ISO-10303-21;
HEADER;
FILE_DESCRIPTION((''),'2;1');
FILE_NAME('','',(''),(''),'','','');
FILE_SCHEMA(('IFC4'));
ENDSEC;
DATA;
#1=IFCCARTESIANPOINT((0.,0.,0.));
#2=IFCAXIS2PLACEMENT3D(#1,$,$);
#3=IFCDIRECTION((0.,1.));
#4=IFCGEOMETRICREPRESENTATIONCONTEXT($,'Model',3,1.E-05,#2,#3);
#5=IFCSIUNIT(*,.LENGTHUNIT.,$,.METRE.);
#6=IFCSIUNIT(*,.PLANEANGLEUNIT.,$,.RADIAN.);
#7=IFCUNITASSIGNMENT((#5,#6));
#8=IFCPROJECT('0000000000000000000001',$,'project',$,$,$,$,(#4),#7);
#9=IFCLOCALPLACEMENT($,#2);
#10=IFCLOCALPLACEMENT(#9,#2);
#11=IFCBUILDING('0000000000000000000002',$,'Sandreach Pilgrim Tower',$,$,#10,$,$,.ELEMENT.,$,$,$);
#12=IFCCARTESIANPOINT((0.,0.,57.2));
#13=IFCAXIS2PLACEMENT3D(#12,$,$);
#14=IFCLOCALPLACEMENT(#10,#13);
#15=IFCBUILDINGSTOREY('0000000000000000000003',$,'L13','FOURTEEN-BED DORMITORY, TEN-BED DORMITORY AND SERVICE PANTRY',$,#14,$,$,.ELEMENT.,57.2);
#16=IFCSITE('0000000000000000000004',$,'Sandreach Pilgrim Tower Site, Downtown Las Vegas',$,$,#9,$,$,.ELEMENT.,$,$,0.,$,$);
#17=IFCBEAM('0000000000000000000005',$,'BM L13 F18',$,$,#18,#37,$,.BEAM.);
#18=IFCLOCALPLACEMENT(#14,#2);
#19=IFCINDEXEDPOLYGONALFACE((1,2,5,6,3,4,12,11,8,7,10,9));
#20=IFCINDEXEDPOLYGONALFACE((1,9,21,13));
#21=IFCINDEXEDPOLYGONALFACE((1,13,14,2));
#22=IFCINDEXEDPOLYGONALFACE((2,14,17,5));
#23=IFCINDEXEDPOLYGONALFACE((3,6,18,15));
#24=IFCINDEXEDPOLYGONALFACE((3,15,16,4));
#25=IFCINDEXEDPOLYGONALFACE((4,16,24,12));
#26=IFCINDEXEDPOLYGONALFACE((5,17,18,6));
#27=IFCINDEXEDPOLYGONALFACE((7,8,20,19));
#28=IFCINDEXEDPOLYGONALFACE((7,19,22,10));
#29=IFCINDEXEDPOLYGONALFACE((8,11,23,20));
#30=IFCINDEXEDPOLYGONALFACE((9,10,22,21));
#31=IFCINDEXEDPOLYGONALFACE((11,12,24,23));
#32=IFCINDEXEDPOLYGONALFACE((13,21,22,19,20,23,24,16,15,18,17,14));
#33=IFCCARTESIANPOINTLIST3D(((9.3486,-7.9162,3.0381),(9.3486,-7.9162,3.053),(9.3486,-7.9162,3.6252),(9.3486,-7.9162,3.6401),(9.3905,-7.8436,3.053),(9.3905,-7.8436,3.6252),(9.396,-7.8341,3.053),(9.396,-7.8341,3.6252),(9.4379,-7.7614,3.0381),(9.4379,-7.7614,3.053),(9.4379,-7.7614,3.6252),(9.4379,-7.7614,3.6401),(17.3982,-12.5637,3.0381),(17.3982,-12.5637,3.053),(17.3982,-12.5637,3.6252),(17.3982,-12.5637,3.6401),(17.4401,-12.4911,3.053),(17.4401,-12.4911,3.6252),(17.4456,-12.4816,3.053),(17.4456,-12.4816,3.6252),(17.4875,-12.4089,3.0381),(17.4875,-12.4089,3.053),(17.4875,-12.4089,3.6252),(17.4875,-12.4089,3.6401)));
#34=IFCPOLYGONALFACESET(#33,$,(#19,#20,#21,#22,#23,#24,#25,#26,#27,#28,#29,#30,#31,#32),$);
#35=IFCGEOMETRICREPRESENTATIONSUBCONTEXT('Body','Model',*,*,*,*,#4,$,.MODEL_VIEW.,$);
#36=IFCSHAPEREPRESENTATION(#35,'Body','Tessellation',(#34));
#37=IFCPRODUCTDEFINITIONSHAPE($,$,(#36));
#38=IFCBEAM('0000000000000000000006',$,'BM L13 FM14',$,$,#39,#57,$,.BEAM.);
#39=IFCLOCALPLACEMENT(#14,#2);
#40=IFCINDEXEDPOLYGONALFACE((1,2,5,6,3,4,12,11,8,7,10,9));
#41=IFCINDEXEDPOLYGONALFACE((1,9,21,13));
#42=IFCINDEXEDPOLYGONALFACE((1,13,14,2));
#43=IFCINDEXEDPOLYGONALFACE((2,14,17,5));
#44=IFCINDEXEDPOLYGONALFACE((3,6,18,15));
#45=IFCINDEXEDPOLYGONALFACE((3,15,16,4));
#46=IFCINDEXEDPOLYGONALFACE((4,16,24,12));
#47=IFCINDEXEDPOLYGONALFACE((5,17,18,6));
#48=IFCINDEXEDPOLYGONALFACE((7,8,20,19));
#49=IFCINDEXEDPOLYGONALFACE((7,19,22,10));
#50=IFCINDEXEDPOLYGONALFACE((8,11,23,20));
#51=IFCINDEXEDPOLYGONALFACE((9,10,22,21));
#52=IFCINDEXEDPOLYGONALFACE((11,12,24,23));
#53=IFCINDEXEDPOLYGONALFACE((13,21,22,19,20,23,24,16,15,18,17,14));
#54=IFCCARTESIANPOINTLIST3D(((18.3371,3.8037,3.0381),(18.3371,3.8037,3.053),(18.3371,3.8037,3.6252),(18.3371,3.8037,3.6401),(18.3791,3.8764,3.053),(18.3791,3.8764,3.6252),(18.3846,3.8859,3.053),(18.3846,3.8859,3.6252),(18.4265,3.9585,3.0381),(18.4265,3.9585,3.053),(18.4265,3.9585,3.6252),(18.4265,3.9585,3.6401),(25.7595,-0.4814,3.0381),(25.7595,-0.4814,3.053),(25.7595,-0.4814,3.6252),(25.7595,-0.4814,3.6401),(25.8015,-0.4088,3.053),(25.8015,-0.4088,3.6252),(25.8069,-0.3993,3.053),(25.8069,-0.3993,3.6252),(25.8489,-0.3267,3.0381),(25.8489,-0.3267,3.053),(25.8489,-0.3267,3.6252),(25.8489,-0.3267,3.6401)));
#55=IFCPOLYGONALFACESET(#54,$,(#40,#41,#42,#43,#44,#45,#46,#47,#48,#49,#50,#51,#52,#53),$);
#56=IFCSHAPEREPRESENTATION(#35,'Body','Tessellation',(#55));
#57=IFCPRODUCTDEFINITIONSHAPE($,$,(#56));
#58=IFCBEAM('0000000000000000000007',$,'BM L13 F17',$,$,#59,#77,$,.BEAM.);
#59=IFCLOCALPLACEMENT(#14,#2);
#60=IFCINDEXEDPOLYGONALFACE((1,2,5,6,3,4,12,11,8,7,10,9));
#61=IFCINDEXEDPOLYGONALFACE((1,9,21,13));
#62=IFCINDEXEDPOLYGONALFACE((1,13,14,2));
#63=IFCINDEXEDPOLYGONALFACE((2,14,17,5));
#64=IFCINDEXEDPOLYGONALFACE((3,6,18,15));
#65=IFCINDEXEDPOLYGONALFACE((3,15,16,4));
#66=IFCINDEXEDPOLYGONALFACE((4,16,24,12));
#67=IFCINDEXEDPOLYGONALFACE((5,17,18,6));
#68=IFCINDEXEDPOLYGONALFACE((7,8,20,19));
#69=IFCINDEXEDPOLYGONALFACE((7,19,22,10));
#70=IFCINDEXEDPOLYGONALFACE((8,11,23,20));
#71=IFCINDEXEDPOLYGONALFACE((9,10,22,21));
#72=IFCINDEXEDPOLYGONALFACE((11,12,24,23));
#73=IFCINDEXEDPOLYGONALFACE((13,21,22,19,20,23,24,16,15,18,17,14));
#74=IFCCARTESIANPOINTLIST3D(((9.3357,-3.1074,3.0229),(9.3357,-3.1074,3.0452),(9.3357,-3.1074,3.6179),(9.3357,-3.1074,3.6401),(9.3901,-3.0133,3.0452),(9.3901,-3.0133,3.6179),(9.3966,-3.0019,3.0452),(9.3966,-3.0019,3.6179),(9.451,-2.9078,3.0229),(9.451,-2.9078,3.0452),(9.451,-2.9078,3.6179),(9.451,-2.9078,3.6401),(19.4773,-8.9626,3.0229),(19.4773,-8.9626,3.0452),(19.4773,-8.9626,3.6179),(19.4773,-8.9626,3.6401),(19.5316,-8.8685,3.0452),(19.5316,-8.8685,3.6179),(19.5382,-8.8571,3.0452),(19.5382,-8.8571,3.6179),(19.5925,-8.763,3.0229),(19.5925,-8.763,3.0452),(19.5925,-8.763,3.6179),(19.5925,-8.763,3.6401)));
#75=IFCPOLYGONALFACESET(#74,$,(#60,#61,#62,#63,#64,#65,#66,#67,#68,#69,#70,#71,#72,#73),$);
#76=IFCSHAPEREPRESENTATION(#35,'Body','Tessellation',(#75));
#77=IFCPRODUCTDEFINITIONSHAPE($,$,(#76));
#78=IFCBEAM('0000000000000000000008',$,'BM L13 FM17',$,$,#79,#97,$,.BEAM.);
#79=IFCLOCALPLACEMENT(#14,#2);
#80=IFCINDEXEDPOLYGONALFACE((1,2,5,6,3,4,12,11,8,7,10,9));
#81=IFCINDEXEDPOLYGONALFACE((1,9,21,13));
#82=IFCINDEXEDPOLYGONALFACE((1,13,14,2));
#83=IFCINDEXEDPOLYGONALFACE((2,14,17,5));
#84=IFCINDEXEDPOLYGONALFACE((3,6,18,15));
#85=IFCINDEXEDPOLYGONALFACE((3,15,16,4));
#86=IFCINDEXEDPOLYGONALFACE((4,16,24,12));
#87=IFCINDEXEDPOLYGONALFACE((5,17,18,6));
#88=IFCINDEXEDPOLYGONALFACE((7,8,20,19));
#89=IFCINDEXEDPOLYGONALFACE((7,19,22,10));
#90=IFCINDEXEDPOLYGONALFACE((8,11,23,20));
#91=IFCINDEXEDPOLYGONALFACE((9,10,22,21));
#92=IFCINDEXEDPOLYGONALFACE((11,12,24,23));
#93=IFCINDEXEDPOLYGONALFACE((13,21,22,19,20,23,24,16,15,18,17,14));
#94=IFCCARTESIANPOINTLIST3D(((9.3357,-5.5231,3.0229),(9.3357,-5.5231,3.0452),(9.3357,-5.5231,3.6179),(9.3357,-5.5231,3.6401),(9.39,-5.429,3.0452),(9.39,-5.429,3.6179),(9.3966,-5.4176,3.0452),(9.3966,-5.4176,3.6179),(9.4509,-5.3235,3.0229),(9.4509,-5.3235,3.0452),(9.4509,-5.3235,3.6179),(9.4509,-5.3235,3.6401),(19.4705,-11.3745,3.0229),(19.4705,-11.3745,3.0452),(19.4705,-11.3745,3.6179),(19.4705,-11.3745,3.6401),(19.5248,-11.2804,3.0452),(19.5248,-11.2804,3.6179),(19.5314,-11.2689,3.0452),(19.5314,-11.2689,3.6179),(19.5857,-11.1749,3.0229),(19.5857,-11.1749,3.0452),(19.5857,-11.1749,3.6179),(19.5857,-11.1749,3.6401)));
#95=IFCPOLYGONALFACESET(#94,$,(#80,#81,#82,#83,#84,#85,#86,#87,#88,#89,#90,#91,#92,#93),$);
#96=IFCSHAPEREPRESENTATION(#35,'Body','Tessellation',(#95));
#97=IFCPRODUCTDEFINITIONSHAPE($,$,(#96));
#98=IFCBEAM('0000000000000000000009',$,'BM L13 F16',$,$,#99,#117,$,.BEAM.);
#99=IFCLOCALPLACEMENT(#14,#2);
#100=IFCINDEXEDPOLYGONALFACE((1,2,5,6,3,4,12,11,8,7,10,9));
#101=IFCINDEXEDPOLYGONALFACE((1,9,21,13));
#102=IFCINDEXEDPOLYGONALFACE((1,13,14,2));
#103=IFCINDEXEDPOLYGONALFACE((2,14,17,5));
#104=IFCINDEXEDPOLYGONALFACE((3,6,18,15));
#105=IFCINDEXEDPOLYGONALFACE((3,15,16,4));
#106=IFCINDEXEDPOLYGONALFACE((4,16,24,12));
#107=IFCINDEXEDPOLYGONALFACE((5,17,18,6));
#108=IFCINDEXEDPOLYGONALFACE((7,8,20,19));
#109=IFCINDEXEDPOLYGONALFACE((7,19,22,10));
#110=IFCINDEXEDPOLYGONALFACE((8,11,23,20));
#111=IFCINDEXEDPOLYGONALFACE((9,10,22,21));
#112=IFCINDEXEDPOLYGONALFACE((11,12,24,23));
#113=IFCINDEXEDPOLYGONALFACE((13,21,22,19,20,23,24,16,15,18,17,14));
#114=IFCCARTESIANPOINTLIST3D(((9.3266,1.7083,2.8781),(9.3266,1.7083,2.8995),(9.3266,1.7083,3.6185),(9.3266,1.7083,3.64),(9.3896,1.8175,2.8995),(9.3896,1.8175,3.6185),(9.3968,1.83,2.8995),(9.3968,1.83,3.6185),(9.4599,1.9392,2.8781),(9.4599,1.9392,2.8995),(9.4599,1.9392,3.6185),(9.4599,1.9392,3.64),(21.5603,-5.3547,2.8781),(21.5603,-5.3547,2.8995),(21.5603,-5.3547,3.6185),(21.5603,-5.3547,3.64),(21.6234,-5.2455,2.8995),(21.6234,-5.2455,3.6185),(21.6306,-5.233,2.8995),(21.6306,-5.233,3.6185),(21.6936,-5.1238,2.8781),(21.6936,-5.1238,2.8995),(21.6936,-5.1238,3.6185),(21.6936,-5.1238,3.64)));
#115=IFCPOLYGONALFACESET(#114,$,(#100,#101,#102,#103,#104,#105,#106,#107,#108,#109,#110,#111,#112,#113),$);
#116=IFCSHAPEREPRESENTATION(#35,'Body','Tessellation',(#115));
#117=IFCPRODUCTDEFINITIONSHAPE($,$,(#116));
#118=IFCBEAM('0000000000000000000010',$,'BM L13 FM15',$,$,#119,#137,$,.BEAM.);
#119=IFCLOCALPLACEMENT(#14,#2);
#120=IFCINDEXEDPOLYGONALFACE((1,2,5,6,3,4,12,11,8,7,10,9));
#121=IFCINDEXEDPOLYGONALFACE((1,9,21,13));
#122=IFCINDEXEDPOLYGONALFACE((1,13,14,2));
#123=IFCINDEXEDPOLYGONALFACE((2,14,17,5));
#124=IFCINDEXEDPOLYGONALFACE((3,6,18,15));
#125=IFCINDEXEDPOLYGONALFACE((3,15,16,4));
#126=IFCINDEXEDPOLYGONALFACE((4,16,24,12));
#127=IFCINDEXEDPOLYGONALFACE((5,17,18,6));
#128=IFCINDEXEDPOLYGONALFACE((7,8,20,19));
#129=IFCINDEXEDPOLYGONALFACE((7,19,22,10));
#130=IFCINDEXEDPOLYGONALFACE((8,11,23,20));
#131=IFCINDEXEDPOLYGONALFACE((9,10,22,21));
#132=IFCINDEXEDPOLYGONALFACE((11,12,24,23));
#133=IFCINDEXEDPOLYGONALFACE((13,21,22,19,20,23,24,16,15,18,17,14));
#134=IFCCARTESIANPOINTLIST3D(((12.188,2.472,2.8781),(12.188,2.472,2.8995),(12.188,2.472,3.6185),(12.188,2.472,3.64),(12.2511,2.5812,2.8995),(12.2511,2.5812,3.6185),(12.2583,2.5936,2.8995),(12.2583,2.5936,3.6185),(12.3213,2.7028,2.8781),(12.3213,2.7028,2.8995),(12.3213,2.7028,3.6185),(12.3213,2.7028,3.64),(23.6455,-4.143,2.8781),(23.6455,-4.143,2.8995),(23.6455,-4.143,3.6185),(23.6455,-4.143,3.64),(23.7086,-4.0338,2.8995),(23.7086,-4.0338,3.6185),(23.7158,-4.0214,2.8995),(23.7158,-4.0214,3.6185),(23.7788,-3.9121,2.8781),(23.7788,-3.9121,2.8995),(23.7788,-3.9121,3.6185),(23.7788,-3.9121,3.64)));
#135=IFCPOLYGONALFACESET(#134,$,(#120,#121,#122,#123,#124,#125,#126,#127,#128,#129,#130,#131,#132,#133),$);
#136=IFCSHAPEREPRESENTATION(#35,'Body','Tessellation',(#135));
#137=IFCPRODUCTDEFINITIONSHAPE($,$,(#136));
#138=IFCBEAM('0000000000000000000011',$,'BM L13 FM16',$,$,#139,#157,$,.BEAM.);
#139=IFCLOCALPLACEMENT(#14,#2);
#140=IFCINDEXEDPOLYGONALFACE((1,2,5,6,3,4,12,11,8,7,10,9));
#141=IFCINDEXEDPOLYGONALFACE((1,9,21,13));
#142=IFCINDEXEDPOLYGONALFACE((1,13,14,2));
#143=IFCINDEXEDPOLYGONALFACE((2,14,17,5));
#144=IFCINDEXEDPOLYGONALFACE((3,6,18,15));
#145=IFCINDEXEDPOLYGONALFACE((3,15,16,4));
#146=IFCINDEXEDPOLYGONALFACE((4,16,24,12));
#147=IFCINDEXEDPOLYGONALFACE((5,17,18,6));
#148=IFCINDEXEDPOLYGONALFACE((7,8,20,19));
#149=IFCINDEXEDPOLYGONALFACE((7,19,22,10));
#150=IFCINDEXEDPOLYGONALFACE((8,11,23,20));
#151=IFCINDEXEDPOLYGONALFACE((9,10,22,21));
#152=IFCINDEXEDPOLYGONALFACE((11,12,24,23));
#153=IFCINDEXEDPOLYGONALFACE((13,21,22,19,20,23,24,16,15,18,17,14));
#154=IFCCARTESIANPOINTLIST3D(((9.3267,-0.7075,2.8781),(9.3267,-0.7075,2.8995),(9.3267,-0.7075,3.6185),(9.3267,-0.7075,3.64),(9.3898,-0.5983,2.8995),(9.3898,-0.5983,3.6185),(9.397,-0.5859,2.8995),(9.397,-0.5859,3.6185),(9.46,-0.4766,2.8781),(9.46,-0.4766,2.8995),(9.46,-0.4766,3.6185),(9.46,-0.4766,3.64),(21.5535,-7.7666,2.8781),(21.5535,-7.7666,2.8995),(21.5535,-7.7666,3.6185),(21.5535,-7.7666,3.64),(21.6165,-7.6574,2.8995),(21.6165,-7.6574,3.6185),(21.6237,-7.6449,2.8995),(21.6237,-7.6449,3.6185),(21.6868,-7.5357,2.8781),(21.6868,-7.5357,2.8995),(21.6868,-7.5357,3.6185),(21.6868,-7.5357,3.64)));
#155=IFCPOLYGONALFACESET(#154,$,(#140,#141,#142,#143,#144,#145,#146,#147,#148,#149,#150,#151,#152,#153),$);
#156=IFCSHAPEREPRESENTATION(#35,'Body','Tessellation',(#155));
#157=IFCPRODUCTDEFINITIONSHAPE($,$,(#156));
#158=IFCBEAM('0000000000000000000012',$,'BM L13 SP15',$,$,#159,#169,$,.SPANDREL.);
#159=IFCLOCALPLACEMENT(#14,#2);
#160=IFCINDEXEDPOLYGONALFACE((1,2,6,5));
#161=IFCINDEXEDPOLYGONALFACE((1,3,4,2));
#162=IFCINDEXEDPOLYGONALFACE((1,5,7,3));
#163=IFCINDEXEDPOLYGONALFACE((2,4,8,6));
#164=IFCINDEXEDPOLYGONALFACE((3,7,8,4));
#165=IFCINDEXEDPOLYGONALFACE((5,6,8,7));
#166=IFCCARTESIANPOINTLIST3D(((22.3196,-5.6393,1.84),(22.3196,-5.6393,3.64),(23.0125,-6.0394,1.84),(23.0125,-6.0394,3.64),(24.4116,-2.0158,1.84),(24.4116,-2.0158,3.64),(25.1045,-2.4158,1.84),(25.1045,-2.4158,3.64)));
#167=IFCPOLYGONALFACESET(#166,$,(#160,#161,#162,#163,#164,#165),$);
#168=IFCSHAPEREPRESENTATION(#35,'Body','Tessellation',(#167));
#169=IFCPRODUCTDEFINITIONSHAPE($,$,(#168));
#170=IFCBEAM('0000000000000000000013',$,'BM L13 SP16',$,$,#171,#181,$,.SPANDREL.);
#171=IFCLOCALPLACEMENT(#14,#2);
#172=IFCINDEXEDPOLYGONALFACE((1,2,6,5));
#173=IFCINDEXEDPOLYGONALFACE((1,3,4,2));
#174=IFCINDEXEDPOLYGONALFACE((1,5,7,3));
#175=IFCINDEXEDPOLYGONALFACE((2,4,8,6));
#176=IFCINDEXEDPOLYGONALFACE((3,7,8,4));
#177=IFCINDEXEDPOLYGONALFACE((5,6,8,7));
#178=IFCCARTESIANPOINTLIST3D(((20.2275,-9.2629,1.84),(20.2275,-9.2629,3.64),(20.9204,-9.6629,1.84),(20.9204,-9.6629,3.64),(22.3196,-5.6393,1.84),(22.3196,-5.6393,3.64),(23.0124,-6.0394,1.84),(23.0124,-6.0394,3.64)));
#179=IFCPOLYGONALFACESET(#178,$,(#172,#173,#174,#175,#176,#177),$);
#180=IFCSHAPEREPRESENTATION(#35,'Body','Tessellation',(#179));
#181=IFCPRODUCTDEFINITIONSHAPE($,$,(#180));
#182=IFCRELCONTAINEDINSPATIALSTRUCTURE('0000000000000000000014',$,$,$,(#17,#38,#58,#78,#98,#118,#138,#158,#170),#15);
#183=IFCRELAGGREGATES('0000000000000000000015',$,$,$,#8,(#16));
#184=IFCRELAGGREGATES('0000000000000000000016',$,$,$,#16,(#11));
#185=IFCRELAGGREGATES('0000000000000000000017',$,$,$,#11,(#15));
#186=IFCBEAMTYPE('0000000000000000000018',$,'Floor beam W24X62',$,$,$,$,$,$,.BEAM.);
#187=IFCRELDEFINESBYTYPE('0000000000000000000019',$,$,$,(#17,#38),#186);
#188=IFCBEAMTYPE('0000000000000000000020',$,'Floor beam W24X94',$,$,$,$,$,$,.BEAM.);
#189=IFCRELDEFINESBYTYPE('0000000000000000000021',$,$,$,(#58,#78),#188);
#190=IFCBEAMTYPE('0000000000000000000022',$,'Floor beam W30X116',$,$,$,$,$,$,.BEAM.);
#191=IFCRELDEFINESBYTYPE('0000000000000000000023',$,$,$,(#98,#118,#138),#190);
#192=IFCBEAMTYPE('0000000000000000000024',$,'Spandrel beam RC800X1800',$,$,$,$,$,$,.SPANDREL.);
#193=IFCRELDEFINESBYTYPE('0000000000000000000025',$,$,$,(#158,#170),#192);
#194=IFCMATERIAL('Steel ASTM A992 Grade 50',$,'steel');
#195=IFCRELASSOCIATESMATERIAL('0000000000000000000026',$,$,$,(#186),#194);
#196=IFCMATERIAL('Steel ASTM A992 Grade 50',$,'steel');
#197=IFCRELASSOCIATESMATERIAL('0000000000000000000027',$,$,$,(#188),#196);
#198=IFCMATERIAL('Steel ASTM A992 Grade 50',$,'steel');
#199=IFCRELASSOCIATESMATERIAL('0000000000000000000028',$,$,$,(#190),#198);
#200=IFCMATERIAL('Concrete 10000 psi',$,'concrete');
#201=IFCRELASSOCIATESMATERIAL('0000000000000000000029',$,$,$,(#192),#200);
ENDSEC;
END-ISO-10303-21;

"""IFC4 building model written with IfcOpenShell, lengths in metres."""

from ifc_helpers import new_model, si_unit, direction, frame, origin, origin_2d, place, context, subcontext, project, spatial, rectangle, i_section, extrude, material, material_profile, profile_set, type_object, element, save


model = new_model("IFC4")

# Units and contexts
model_context = context("Model", 3, precision=1e-05, world=origin(), true_north=direction((0.0, 1.0)))
body_context = subcontext(model_context, "Body", "Model", "MODEL_VIEW")
ifc_project = project(units=[si_unit("LENGTHUNIT", "METRE"), si_unit("PLANEANGLEUNIT", "RADIAN")], contexts=[model_context])

# Site, building, storey
site_placement = place(None, origin())
site = spatial("IfcSite", under=ifc_project, at=site_placement, Name="Sandreach Pilgrim Tower Site, Downtown Las Vegas", CompositionType="ELEMENT", RefElevation=0.0)
building_placement = place(site_placement, origin())
building = spatial("IfcBuilding", under=site, at=building_placement, Name="Sandreach Pilgrim Tower", CompositionType="ELEMENT")
storey_placement = place(building_placement, frame((0.0, 0.0, 57.2)))
storey = spatial("IfcBuildingStorey", under=building, at=storey_placement, Name="L13", Description="FOURTEEN-BED DORMITORY, TEN-BED DORMITORY AND SERVICE PANTRY", CompositionType="ELEMENT", Elevation=57.2)

# Beams
ifc_material_1 = material(Name="Steel ASTM A992 Grade 50", Category="steel")
ifc_material_profile_1 = material_profile(ifc_material_1, i_section(OverallWidth=0.1787, OverallDepth=0.6021, WebThickness=0.011, FlangeThickness=0.0149, at=origin_2d()), Name="W24X62")
ifc_profile_set_1 = profile_set([ifc_material_profile_1], Name="Steel ASTM A992 Grade 50")
beam_type_1 = type_object("IfcBeamType", Name="Floor beam W24X62", PredefinedType="BEAM", material=ifc_profile_set_1)
beam_1_placement = place(storey_placement, frame((17.4429, -12.4863, 3.3391), z_axis=(-0.866023, 0.500004, 0.0), x_axis=(-0.500004, -0.866023, 0.0)))
element("IfcBeam", 1, at=beam_1_placement, inside=storey, type_object=beam_type_1, Name="BM L13 F18", PredefinedType="BEAM", context=body_context, shape_type="SweptSolid", body=[
    extrude(i_section(OverallWidth=0.1787, OverallDepth=0.6021, WebThickness=0.011, FlangeThickness=0.0149, at=origin_2d()), origin(), (0.0, 0.0, 1.0), 9.2949),
])
beam_2_placement = place(storey_placement, frame((25.8042, -0.4041, 3.3391), z_axis=(-0.866033, 0.499987, 0.0), x_axis=(-0.499987, -0.866033, 0.0)))
element("IfcBeam", 2, at=beam_2_placement, inside=storey, type_object=beam_type_1, Name="BM L13 FM14", PredefinedType="BEAM", context=body_context, shape_type="SweptSolid", body=[
    extrude(i_section(OverallWidth=0.1787, OverallDepth=0.6021, WebThickness=0.011, FlangeThickness=0.0149, at=origin_2d()), origin(), (0.0, 0.0, 1.0), 8.5706),
])
ifc_material_2 = material(Name="Steel ASTM A992 Grade 50", Category="steel")
ifc_material_profile_2 = material_profile(ifc_material_2, i_section(OverallWidth=0.2305, OverallDepth=0.6172, WebThickness=0.0132, FlangeThickness=0.0222, at=origin_2d()), Name="W24X94")
ifc_profile_set_2 = profile_set([ifc_material_profile_2], Name="Steel ASTM A992 Grade 50")
beam_type_2 = type_object("IfcBeamType", Name="Floor beam W24X94", PredefinedType="BEAM", material=ifc_profile_set_2)
beam_3_placement = place(storey_placement, frame((19.5349, -8.8628, 3.3315), z_axis=(-0.866027, 0.499998, 0.0), x_axis=(-0.499998, -0.866027, 0.0)))
element("IfcBeam", 3, at=beam_3_placement, inside=storey, type_object=beam_type_2, Name="BM L13 F17", PredefinedType="BEAM", context=body_context, shape_type="SweptSolid", body=[
    extrude(i_section(OverallWidth=0.2305, OverallDepth=0.6172, WebThickness=0.0132, FlangeThickness=0.0222, at=origin_2d()), origin(), (0.0, 0.0, 1.0), 11.7104),
])
beam_4_placement = place(storey_placement, frame((19.5281, -11.2747, 3.3315), z_axis=(-0.866025, 0.500001, 0.0), x_axis=(-0.500001, -0.866025, 0.0)))
element("IfcBeam", 4, at=beam_4_placement, inside=storey, type_object=beam_type_2, Name="BM L13 FM17", PredefinedType="BEAM", context=body_context, shape_type="SweptSolid", body=[
    extrude(i_section(OverallWidth=0.2305, OverallDepth=0.6172, WebThickness=0.0132, FlangeThickness=0.0222, at=origin_2d()), origin(), (0.0, 0.0, 1.0), 11.7026),
])
ifc_material_3 = material(Name="Steel ASTM A992 Grade 50", Category="steel")
ifc_material_profile_3 = material_profile(ifc_material_3, i_section(OverallWidth=0.2666, OverallDepth=0.762, WebThickness=0.0144, FlangeThickness=0.0215, at=origin_2d()), Name="W30X116")
ifc_profile_set_3 = profile_set([ifc_material_profile_3], Name="Steel ASTM A992 Grade 50")
beam_type_3 = type_object("IfcBeamType", Name="Floor beam W30X116", PredefinedType="BEAM", material=ifc_profile_set_3)
beam_5_placement = place(storey_placement, frame((21.627, -5.2393, 3.259), z_axis=(-0.866029, 0.499994, 0.0), x_axis=(-0.499994, -0.866029, 0.0)))
element("IfcBeam", 5, at=beam_5_placement, inside=storey, type_object=beam_type_3, Name="BM L13 F16", PredefinedType="BEAM", context=body_context, shape_type="SweptSolid", body=[
    extrude(i_section(OverallWidth=0.2666, OverallDepth=0.762, WebThickness=0.0144, FlangeThickness=0.0215, at=origin_2d()), origin(), (0.0, 0.0, 1.0), 14.1262),
])
beam_6_placement = place(storey_placement, frame((23.7122, -4.0276, 3.259), z_axis=(-0.866026, 0.499999, 0.0), x_axis=(-0.499999, -0.866026, 0.0)))
element("IfcBeam", 6, at=beam_6_placement, inside=storey, type_object=beam_type_3, Name="BM L13 FM15", PredefinedType="BEAM", context=body_context, shape_type="SweptSolid", body=[
    extrude(i_section(OverallWidth=0.2666, OverallDepth=0.762, WebThickness=0.0144, FlangeThickness=0.0215, at=origin_2d()), origin(), (0.0, 0.0, 1.0), 13.23),
])
beam_7_placement = place(storey_placement, frame((21.6201, -7.6511, 3.259), z_axis=(-0.866027, 0.499996, 0.0), x_axis=(-0.499996, -0.866027, 0.0)))
element("IfcBeam", 7, at=beam_7_placement, inside=storey, type_object=beam_type_3, Name="BM L13 FM16", PredefinedType="BEAM", context=body_context, shape_type="SweptSolid", body=[
    extrude(i_section(OverallWidth=0.2666, OverallDepth=0.762, WebThickness=0.0144, FlangeThickness=0.0215, at=origin_2d()), origin(), (0.0, 0.0, 1.0), 14.1182),
])
ifc_material_4 = material(Name="Concrete 10000 psi", Category="concrete")
ifc_material_profile_4 = material_profile(ifc_material_4, rectangle(XDim=0.8, YDim=1.8, at=origin_2d()), Name="RC800X1800")
ifc_profile_set_4 = profile_set([ifc_material_profile_4], Name="Concrete 10000 psi")
beam_type_4 = type_object("IfcBeamType", Name="Spandrel beam RC800X1800", PredefinedType="SPANDREL", material=ifc_profile_set_4)
for number, where, z_axis, x_axis, name in (
    (8, (24.7581, -2.2158, 2.74), (-0.499999, -0.866026, 0.0), (0.866026, -0.499999, 0.0), "BM L13 SP15"),
    (9, (22.666, -5.8394, 2.74), (-0.499999, -0.866026, 0.0), (0.866026, -0.499999, 0.0), "BM L13 SP16"),
):
    element("IfcBeam", number, at=place(storey_placement, frame(where, z_axis=z_axis, x_axis=x_axis)), inside=storey, type_object=beam_type_4, Name=name, PredefinedType="SPANDREL", context=body_context, shape_type="SweptSolid", body=[
        extrude(rectangle(XDim=0.8, YDim=1.8, at=origin_2d()), origin(), (0.0, 0.0, 1.0), 4.1841),
    ])

save(model, "model.ifc")
